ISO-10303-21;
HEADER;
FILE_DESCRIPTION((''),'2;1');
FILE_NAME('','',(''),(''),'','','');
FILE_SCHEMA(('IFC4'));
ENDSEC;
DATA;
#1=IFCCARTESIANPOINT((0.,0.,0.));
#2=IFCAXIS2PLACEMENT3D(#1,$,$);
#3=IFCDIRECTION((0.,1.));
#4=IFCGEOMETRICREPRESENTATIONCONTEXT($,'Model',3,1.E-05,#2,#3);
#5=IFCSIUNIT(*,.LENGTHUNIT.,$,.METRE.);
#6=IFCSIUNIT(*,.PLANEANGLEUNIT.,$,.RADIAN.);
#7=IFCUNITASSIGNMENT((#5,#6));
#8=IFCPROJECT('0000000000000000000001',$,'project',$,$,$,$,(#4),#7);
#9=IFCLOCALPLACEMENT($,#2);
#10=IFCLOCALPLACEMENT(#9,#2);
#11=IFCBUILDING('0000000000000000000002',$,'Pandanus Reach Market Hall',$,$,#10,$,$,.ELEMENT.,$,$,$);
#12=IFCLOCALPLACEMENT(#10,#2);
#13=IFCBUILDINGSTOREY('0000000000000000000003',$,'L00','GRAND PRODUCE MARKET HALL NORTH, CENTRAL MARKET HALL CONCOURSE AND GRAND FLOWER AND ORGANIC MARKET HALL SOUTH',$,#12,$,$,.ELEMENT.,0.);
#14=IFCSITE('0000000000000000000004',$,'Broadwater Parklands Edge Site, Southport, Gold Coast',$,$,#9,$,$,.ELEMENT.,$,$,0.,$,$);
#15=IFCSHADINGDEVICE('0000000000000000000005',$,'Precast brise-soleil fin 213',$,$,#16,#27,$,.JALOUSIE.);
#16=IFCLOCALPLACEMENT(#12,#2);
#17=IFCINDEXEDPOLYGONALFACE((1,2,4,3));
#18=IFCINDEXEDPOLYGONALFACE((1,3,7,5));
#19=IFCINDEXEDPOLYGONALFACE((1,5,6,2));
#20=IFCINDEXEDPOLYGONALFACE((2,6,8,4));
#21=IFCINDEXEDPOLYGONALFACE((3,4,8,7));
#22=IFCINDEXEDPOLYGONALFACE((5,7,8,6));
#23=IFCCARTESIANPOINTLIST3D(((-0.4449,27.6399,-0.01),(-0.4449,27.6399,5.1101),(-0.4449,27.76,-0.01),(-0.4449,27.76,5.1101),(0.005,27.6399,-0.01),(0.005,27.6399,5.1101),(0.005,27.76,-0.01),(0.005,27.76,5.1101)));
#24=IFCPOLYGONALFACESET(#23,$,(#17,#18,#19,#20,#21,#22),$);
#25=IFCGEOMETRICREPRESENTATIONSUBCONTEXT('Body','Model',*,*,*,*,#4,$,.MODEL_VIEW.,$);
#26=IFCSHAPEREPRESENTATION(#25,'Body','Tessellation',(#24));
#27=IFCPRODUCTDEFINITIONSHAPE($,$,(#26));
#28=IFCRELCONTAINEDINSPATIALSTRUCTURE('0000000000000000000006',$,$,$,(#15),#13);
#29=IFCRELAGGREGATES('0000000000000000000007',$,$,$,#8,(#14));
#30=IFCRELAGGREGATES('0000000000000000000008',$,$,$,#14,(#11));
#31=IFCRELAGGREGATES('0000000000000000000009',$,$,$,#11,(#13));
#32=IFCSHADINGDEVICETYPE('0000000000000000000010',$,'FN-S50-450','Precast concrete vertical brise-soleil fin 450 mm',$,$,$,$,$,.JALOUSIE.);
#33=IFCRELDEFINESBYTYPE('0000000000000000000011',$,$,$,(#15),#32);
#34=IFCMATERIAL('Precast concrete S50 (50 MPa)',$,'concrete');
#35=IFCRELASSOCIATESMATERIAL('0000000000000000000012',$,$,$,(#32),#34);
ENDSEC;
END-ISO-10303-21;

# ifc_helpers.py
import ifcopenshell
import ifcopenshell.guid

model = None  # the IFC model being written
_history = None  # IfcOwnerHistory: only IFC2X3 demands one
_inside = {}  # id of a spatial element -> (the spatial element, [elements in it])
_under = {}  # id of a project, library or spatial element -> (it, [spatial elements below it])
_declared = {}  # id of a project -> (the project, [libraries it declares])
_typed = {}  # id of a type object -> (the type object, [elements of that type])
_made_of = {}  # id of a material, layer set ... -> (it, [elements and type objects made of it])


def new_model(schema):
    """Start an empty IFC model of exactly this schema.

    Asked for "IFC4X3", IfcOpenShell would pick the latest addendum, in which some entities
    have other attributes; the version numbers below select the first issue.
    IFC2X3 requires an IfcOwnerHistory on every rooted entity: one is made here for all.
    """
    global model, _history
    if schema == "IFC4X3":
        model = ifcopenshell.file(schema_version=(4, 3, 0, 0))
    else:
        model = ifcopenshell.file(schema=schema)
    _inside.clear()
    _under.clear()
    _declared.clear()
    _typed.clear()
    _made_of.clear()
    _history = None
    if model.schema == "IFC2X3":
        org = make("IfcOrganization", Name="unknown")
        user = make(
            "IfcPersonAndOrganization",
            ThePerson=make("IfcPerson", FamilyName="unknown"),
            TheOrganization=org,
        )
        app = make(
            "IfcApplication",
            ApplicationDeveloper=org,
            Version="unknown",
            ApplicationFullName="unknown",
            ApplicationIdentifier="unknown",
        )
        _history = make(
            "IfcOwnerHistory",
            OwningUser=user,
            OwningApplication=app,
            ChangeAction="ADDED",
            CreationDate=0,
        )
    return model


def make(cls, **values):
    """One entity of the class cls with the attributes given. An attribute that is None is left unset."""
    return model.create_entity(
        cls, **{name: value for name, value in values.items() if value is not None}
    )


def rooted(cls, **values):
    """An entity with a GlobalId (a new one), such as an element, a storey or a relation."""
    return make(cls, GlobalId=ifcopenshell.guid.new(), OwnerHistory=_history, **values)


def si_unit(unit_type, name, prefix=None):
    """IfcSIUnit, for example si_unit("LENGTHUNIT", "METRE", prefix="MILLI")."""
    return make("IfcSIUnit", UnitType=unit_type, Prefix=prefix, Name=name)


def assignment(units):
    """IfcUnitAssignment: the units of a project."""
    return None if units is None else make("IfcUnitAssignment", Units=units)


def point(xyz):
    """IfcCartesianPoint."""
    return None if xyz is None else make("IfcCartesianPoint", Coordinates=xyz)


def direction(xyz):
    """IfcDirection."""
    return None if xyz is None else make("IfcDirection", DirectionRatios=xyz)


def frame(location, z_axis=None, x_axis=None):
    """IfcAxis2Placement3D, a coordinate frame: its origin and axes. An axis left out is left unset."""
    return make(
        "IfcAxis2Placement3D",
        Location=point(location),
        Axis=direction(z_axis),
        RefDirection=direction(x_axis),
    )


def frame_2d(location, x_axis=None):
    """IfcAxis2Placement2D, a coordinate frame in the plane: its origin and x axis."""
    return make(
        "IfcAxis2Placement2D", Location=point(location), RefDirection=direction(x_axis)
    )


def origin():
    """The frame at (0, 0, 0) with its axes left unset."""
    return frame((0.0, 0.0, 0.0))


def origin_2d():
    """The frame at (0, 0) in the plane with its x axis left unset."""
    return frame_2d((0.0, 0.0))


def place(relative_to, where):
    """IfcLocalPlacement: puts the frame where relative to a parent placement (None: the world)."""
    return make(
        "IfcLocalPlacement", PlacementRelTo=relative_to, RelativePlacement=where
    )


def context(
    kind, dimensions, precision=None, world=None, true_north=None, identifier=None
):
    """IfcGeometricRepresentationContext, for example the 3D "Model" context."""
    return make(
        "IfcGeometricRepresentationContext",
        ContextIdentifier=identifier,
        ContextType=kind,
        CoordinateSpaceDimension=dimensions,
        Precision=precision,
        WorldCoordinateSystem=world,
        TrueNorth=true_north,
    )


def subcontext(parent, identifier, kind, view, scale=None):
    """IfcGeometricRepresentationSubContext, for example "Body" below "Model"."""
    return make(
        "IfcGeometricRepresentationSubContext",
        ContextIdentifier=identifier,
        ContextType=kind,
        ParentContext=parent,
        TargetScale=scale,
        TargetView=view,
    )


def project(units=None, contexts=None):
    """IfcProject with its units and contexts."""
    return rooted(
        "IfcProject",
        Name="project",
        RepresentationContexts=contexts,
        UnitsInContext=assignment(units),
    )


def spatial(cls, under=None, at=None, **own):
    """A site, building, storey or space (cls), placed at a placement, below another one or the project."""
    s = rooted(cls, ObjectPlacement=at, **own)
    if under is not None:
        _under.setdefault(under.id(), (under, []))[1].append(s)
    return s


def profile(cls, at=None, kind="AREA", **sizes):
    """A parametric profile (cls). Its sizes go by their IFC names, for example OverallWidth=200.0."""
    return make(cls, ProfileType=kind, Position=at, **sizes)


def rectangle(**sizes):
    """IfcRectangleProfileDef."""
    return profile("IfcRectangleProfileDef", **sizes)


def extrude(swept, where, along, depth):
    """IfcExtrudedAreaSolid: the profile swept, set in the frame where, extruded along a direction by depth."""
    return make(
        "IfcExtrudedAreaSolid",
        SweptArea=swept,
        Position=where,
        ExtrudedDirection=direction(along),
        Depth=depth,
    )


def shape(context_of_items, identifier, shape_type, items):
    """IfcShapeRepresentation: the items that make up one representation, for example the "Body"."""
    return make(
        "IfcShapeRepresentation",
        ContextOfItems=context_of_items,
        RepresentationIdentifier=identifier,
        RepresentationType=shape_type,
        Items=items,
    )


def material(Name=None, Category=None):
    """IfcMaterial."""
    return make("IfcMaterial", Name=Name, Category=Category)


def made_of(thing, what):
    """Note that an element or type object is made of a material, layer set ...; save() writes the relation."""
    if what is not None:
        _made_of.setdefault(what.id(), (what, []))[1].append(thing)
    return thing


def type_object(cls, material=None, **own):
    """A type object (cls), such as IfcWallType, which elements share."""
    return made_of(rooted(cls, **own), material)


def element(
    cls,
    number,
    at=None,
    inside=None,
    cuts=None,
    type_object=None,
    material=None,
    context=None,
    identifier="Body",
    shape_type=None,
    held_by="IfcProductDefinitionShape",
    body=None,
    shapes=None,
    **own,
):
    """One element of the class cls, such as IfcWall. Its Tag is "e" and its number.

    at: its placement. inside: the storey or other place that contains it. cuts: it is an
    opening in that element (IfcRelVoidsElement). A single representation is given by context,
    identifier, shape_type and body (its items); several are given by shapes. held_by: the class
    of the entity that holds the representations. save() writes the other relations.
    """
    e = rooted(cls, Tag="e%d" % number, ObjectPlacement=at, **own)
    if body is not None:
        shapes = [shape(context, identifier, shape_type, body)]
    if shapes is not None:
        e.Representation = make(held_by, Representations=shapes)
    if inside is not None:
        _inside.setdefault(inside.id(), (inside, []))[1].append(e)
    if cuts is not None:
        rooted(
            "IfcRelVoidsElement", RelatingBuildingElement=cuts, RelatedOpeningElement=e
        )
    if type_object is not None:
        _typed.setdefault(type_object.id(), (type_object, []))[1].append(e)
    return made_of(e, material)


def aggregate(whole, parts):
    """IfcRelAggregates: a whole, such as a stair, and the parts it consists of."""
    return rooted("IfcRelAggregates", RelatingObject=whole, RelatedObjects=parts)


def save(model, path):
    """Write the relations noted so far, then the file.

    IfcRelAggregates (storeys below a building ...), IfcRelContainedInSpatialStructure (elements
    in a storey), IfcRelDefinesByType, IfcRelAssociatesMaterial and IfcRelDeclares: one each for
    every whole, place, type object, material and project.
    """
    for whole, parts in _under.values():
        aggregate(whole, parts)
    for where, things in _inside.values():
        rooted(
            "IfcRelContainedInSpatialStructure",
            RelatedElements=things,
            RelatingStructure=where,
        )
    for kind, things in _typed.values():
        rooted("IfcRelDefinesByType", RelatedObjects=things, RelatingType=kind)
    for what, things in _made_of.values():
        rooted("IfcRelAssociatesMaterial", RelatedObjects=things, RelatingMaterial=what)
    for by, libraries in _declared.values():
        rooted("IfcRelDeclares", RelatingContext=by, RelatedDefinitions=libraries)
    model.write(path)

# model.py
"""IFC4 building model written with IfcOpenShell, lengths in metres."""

from ifc_helpers import new_model, si_unit, direction, frame, origin, origin_2d, place, context, subcontext, project, spatial, rectangle, extrude, material, type_object, element, save


model = new_model("IFC4")

# Units and contexts
model_context = context("Model", 3, precision=1e-05, world=origin(), true_north=direction((0.0, 1.0)))
body_context = subcontext(model_context, "Body", "Model", "MODEL_VIEW")
ifc_project = project(units=[si_unit("LENGTHUNIT", "METRE"), si_unit("PLANEANGLEUNIT", "RADIAN")], contexts=[model_context])

# Site, building, storey
site_placement = place(None, origin())
site = spatial("IfcSite", under=ifc_project, at=site_placement, Name="Broadwater Parklands Edge Site, Southport, Gold Coast", CompositionType="ELEMENT", RefElevation=0.0)
building_placement = place(site_placement, origin())
building = spatial("IfcBuilding", under=site, at=building_placement, Name="Pandanus Reach Market Hall", CompositionType="ELEMENT")
storey_placement = place(building_placement, origin())
storey = spatial("IfcBuildingStorey", under=building, at=storey_placement, Name="L00", Description="GRAND PRODUCE MARKET HALL NORTH, CENTRAL MARKET HALL CONCOURSE AND GRAND FLOWER AND ORGANIC MARKET HALL SOUTH", CompositionType="ELEMENT", Elevation=0.0)

# Shading device
ifc_material_1 = material(Name="Precast concrete S50 (50 MPa)", Category="concrete")
shading_device_type = type_object("IfcShadingDeviceType", Name="FN-S50-450", Description="Precast concrete vertical brise-soleil fin 450 mm", PredefinedType="JALOUSIE", material=ifc_material_1)
for number, where, z_axis, x_axis, name in (
    (1, (-0.22, 27.7, -0.01), (0.0, 0.0, 1.0), (-1.0, 0.0, 0.0), "Precast brise-soleil fin 213"),
):
    element("IfcShadingDevice", number, at=place(storey_placement, frame(where, z_axis=z_axis, x_axis=x_axis)), inside=storey, type_object=shading_device_type, Name=name, PredefinedType="JALOUSIE", context=body_context, shape_type="SweptSolid", body=[
        extrude(rectangle(XDim=0.45, YDim=0.1201, at=origin_2d()), origin(), (0.0, 0.0, 1.0), 5.1201),
    ])

save(model, "model.ifc")
